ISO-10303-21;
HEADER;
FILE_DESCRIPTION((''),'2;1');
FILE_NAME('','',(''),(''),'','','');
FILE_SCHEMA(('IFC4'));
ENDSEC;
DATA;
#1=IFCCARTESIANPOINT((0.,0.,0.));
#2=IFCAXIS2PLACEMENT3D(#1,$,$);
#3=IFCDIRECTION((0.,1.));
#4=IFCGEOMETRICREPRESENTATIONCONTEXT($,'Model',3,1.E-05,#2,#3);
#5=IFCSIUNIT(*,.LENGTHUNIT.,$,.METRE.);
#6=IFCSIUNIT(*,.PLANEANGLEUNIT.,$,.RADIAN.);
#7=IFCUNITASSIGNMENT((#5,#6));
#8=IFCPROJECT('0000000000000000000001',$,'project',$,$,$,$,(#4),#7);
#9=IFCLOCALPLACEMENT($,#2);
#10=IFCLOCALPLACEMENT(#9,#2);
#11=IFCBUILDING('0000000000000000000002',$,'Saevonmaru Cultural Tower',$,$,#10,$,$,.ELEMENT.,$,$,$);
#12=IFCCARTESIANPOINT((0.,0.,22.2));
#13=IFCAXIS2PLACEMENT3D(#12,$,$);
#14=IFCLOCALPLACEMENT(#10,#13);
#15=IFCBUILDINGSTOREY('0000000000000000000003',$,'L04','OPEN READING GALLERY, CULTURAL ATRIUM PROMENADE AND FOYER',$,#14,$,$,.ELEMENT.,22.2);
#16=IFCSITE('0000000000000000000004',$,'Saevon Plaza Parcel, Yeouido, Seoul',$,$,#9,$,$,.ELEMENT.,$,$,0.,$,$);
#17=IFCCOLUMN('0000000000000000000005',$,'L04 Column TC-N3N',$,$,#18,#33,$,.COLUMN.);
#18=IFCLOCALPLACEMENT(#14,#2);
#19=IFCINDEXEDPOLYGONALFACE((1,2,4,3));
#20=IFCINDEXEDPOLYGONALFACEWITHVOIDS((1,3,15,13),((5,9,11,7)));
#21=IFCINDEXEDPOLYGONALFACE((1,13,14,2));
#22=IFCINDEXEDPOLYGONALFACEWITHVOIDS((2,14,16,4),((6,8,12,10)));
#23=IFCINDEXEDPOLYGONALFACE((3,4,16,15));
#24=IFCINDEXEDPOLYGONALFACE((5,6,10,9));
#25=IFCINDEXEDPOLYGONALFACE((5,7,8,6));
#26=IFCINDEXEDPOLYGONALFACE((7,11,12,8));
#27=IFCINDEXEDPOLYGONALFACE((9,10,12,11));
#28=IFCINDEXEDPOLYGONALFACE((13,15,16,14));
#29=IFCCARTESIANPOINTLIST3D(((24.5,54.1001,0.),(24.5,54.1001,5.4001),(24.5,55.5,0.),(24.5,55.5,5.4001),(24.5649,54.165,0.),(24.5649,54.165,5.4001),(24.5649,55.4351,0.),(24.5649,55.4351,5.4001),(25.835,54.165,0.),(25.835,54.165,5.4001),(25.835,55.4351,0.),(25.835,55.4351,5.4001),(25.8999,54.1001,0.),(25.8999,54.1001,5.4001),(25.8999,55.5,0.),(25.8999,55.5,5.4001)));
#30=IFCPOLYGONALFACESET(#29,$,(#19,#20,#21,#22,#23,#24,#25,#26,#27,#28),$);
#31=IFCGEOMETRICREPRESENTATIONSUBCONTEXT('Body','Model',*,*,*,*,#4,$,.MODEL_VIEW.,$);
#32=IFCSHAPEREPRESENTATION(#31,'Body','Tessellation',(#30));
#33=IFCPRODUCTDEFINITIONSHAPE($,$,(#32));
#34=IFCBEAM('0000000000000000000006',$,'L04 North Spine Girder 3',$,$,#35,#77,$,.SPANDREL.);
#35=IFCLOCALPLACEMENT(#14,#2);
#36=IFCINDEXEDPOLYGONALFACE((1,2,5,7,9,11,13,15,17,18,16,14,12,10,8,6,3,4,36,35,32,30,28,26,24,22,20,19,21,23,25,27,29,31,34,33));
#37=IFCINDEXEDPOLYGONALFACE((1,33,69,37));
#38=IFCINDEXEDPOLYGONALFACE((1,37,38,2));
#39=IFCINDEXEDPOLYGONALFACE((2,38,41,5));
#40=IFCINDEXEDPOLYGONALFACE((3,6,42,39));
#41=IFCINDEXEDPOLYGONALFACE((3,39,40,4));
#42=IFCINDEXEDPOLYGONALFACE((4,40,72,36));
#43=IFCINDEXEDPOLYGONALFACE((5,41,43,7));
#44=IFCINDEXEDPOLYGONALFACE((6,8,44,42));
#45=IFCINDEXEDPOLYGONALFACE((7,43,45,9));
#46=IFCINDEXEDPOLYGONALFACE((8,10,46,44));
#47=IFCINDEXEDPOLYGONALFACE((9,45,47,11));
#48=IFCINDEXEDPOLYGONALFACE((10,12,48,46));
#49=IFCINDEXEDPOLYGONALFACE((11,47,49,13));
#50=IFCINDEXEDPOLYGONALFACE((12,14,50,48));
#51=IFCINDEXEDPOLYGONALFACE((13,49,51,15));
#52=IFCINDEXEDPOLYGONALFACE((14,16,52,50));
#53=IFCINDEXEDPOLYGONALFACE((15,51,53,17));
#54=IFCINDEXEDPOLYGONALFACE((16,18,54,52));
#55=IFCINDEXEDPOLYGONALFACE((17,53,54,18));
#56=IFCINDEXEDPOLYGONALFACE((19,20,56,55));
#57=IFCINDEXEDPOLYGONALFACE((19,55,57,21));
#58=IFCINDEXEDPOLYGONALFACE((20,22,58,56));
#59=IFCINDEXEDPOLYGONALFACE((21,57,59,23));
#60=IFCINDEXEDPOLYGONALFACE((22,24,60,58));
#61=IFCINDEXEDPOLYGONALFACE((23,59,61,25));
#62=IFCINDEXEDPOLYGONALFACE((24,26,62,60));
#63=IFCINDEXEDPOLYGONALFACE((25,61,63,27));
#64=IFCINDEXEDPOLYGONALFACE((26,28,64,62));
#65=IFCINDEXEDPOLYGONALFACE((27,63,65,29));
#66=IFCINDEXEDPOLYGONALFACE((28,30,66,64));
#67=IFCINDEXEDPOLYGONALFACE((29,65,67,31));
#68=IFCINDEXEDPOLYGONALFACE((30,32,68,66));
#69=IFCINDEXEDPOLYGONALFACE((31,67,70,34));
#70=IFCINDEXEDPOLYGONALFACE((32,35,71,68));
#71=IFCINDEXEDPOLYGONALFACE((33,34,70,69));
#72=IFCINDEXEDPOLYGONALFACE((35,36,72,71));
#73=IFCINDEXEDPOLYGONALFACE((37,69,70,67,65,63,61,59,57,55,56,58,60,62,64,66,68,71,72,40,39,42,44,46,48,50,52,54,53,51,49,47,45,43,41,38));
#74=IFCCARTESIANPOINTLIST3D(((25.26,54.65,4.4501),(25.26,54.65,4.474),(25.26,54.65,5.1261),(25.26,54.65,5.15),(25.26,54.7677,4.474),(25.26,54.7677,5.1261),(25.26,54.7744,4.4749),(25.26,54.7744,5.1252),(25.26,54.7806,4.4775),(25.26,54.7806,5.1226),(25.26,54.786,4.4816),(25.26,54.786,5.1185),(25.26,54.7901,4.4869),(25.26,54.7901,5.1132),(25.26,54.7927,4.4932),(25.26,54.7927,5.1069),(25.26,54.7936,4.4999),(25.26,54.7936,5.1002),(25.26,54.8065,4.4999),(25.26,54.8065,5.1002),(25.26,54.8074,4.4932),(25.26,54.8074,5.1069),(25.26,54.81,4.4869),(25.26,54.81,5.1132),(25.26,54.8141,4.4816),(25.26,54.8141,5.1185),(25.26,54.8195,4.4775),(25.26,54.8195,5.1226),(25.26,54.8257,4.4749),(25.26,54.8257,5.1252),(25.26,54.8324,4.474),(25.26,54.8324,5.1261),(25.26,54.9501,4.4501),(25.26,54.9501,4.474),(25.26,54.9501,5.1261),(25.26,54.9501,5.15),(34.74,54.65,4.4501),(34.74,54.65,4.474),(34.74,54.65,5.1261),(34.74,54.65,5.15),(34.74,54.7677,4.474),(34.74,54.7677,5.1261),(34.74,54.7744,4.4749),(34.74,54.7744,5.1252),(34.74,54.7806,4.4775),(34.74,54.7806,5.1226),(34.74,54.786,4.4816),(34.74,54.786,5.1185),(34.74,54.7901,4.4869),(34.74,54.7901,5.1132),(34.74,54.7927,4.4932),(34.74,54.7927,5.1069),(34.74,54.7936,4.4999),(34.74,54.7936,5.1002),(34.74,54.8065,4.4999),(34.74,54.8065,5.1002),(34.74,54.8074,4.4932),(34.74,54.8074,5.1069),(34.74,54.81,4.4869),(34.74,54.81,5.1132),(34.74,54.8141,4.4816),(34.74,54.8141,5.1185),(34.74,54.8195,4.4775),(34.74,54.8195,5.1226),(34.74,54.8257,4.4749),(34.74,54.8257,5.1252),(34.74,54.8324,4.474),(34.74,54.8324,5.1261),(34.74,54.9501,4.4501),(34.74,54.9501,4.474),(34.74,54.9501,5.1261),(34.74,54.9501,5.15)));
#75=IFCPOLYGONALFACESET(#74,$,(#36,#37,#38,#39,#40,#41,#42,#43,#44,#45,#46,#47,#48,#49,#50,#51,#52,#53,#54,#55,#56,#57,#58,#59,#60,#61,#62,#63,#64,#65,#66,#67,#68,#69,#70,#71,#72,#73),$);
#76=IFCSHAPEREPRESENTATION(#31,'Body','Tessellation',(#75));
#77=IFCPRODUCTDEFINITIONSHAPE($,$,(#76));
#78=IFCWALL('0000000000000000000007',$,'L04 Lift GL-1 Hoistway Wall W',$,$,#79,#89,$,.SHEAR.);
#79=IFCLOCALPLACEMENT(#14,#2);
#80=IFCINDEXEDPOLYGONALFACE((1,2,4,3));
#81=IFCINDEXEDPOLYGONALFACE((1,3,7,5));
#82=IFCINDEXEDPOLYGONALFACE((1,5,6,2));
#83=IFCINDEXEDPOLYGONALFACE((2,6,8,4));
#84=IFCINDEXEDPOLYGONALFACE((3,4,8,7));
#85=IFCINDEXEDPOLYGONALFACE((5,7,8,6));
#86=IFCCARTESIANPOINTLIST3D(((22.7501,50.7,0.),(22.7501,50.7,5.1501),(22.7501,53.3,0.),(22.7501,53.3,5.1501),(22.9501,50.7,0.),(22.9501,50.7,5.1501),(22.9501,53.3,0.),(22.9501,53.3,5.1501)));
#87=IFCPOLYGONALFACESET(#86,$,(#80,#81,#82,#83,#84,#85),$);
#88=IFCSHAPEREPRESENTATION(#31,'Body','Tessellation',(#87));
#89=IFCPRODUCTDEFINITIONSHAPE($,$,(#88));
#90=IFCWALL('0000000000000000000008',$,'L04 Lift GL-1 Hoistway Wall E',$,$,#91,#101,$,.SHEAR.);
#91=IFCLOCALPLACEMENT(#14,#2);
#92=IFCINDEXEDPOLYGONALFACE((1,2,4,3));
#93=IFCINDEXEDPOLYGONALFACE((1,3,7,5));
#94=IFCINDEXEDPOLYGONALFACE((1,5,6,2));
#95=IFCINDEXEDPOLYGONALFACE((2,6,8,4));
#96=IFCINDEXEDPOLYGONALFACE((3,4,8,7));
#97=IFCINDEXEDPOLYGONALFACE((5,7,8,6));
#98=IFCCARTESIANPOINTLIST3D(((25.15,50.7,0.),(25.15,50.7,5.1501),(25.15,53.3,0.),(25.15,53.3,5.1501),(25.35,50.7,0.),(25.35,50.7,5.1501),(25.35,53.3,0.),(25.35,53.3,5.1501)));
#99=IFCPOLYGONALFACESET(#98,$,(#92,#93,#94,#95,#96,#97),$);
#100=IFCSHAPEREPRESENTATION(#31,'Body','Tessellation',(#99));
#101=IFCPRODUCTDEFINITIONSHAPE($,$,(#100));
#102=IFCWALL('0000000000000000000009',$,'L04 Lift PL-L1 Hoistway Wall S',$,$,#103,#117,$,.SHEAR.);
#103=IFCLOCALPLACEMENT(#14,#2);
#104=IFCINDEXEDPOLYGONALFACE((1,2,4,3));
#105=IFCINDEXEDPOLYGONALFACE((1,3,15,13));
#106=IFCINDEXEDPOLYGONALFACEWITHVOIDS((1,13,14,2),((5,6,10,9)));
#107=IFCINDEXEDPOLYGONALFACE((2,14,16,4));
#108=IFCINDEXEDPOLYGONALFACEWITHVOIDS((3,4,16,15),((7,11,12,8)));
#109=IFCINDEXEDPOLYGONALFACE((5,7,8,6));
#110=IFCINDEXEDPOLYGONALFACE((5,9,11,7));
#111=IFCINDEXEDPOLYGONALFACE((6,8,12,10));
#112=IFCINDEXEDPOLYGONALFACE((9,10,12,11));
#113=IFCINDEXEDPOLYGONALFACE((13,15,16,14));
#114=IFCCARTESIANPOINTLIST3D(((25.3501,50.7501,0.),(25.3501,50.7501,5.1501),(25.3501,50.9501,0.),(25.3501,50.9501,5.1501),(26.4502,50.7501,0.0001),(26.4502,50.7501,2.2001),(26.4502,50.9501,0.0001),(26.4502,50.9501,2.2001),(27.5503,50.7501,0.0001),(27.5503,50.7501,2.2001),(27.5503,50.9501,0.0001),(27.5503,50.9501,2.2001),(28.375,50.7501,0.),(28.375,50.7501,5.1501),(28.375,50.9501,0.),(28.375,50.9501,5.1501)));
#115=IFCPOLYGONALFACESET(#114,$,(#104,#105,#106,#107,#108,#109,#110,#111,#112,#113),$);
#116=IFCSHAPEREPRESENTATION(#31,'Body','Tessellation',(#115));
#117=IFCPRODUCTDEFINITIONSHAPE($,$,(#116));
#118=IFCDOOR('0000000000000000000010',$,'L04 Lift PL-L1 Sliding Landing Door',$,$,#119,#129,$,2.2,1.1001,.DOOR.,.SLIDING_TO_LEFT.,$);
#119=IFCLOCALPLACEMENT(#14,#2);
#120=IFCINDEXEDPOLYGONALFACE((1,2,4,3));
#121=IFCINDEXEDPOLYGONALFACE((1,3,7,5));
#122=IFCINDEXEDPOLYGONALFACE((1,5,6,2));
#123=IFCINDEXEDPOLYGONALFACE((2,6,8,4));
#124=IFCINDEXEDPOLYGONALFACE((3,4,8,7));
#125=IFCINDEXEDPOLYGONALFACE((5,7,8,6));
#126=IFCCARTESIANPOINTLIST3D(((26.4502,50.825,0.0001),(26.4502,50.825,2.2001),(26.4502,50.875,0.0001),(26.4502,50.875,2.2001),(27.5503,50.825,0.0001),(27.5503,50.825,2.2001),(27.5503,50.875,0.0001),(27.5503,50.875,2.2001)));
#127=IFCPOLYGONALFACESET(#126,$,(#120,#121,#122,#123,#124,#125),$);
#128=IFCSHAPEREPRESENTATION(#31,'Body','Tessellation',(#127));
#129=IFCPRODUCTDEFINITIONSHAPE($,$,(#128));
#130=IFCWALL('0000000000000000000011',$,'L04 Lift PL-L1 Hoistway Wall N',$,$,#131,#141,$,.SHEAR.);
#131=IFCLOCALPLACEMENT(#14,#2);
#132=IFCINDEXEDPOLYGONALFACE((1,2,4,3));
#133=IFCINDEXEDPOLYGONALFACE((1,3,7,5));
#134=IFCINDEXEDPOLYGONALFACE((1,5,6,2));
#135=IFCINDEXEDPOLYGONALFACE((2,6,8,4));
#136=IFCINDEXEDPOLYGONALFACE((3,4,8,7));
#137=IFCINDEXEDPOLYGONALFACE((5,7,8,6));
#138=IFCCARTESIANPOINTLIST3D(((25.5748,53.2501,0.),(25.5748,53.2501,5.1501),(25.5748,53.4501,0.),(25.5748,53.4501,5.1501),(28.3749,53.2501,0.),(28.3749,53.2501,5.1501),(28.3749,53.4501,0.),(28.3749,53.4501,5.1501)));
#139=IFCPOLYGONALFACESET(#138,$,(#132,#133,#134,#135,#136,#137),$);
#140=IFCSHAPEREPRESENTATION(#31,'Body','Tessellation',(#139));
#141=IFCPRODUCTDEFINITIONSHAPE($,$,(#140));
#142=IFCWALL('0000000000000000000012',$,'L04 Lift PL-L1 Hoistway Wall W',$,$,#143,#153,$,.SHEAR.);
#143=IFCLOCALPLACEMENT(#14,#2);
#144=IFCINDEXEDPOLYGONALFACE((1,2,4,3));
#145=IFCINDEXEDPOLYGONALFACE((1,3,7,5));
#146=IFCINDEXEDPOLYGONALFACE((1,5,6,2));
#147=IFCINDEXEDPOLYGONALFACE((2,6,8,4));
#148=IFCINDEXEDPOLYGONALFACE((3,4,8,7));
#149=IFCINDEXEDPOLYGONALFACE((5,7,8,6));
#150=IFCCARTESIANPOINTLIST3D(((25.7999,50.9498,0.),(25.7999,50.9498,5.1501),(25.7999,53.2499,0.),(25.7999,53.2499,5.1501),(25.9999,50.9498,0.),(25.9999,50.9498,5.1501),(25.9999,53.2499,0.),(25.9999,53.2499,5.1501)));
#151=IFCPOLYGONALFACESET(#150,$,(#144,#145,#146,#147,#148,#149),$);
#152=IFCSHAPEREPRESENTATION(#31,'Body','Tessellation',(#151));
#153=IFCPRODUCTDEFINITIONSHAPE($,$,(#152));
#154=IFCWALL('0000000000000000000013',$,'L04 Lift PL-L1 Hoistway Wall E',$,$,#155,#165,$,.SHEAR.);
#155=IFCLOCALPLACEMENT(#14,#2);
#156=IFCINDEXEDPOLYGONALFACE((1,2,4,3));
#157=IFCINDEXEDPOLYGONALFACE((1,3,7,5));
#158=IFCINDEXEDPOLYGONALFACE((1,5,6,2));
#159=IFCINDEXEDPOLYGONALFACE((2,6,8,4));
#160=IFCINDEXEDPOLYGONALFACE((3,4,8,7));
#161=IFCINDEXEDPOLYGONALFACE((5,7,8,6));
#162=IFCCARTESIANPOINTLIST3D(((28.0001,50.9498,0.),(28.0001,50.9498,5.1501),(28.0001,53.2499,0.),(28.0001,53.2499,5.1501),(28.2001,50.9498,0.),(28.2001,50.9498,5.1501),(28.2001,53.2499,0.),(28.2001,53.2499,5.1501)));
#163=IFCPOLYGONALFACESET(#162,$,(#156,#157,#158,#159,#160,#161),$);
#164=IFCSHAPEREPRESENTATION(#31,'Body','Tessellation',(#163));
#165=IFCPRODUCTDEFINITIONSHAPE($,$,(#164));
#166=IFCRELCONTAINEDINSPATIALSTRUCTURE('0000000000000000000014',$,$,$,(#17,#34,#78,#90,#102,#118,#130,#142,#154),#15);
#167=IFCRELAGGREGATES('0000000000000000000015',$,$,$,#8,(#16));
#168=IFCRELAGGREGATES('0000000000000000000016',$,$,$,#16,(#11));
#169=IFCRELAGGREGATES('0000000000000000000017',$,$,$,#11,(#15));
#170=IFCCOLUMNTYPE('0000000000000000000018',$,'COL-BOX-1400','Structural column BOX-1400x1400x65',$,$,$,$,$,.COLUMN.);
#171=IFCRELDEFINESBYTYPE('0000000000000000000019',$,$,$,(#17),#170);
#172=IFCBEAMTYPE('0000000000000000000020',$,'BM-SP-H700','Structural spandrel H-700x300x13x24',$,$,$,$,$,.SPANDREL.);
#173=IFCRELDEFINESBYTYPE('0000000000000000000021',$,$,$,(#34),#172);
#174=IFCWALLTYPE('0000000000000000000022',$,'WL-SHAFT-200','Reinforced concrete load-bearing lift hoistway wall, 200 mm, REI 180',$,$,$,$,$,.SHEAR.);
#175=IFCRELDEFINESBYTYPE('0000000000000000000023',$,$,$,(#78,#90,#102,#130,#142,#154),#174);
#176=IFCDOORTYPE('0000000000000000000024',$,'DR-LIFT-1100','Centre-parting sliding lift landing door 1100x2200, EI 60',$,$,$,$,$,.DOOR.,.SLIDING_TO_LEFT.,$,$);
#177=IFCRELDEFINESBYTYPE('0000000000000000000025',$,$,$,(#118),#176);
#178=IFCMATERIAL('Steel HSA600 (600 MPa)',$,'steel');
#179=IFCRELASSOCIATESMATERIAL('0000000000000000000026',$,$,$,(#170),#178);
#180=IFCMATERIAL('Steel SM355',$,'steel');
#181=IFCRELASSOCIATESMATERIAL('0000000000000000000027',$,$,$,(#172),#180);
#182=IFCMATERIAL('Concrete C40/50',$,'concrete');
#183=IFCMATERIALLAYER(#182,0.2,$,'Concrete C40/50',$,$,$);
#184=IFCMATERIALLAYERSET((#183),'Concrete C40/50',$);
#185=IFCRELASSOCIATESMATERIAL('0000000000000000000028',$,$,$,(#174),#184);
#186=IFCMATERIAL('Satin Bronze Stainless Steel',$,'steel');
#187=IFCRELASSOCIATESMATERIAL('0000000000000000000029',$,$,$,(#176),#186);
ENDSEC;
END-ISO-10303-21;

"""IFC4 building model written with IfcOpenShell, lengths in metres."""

from ifc_helpers import new_model, si_unit, direction, frame, frame_2d, origin, origin_2d, place, context, subcontext, project, spatial, rectangle, hollow_rectangle, i_section, extrude, material, layer, layer_set, material_profile, profile_set, type_object, element, fill, save


model = new_model("IFC4")

# Units and contexts
model_context = context("Model", 3, precision=1e-05, world=origin(), true_north=direction((0.0, 1.0)))
body_context = subcontext(model_context, "Body", "Model", "MODEL_VIEW")
ifc_project = project(units=[si_unit("LENGTHUNIT", "METRE"), si_unit("PLANEANGLEUNIT", "RADIAN")], contexts=[model_context])

# Site, building, storey
site_placement = place(None, origin())
site = spatial("IfcSite", under=ifc_project, at=site_placement, Name="Saevon Plaza Parcel, Yeouido, Seoul", CompositionType="ELEMENT", RefElevation=0.0)
building_placement = place(site_placement, origin())
building = spatial("IfcBuilding", under=site, at=building_placement, Name="Saevonmaru Cultural Tower", CompositionType="ELEMENT")
storey_placement = place(building_placement, frame((0.0, 0.0, 22.2)))
storey = spatial("IfcBuildingStorey", under=building, at=storey_placement, Name="L04", Description="OPEN READING GALLERY, CULTURAL ATRIUM PROMENADE AND FOYER", CompositionType="ELEMENT", Elevation=22.2)

# Column
ifc_material_1 = material(Name="Steel HSA600 (600 MPa)", Category="steel")
ifc_material_profile_1 = material_profile(ifc_material_1, hollow_rectangle(XDim=1.3999, YDim=1.3999, WallThickness=0.0649, at=origin_2d()), Name="BOX-1400x1400x65")
ifc_profile_set_1 = profile_set([ifc_material_profile_1], Name="Steel HSA600 (600 MPa)")
column_type = type_object("IfcColumnType", Name="COL-BOX-1400", Description="Structural column BOX-1400x1400x65", PredefinedType="COLUMN", material=ifc_profile_set_1)
column_placement = place(storey_placement, frame((25.2, 54.8, 0.0), z_axis=(0.0, 0.0, 1.0), x_axis=(1.0, 0.0, 0.0)))
element("IfcColumn", 1, at=column_placement, inside=storey, type_object=column_type, Name="L04 Column TC-N3N", PredefinedType="COLUMN", context=body_context, shape_type="SweptSolid", body=[
    extrude(hollow_rectangle(XDim=1.3999, YDim=1.3999, WallThickness=0.0649, at=origin_2d()), origin(), (0.0, 0.0, 1.0), 5.4001),
])

# Beam
ifc_material_2 = material(Name="Steel SM355", Category="steel")
ifc_material_profile_2 = material_profile(ifc_material_2, i_section(OverallWidth=0.3, OverallDepth=0.7, WebThickness=0.0129, FlangeThickness=0.0239, FilletRadius=0.0259, at=origin_2d()), Name="H-700x300x13x24")
ifc_profile_set_2 = profile_set([ifc_material_profile_2], Name="Steel SM355")
beam_type = type_object("IfcBeamType", Name="BM-SP-H700", Description="Structural spandrel H-700x300x13x24", PredefinedType="SPANDREL", material=ifc_profile_set_2)
beam_placement = place(storey_placement, frame((25.26, 54.8, 4.8), z_axis=(1.0, 0.0, 0.0), x_axis=(0.0, 1.0, 0.0)))
element("IfcBeam", 2, at=beam_placement, inside=storey, type_object=beam_type, Name="L04 North Spine Girder 3", PredefinedType="SPANDREL", context=body_context, shape_type="SweptSolid", body=[
    extrude(i_section(OverallWidth=0.3, OverallDepth=0.7, WebThickness=0.0129, FlangeThickness=0.0239, FilletRadius=0.0259, at=origin_2d()), origin(), (0.0, 0.0, 1.0), 9.48),
])

# Walls
ifc_material_3 = material(Name="Concrete C40/50", Category="concrete")
ifc_layer = layer(ifc_material_3, 0.2, Name="Concrete C40/50")
ifc_layer_set = layer_set([ifc_layer], Name="Concrete C40/50")
wall_type = type_object("IfcWallType", Name="WL-SHAFT-200", Description="Reinforced concrete load-bearing lift hoistway wall, 200 mm, REI 180", PredefinedType="SHEAR", material=ifc_layer_set)
for number, where, z_axis, x_axis, name in (
    (3, (22.8501, 50.7, 0.0), (0.0, 0.0, 1.0), (0.0, 1.0, 0.0), "L04 Lift GL-1 Hoistway Wall W"),
    (4, (25.25, 50.7, 0.0), (0.0, 0.0, 1.0), (0.0, 1.0, 0.0), "L04 Lift GL-1 Hoistway Wall E"),
):
    element("IfcWall", number, at=place(storey_placement, frame(where, z_axis=z_axis, x_axis=x_axis)), inside=storey, type_object=wall_type, Name=name, PredefinedType="SHEAR", context=body_context, shape_type="SweptSolid", body=[
        extrude(rectangle(XDim=2.6001, YDim=0.2, at=frame_2d((1.3, 0.0))), origin(), (0.0, 0.0, 1.0), 5.1501),
    ])

# Wall, opening, door
wall_1_placement = place(storey_placement, frame((25.3501, 50.8501, 0.0), z_axis=(0.0, 0.0, 1.0), x_axis=(1.0, 0.0, 0.0)))
wall_1 = element("IfcWall", 5, at=wall_1_placement, inside=storey, type_object=wall_type, Name="L04 Lift PL-L1 Hoistway Wall S", PredefinedType="SHEAR", context=body_context, shape_type="SweptSolid", body=[
    extrude(rectangle(XDim=3.0249, YDim=0.2, at=frame_2d((1.5125, 0.0))), origin(), (0.0, 0.0, 1.0), 5.1501),
])
opening_1_placement = place(wall_1_placement, frame((1.1001, 0.0, 0.0)))
opening_1 = element("IfcOpeningElement", 6, at=opening_1_placement, cuts=wall_1, PredefinedType="OPENING", context=body_context, shape_type="SweptSolid", body=[
    extrude(rectangle(XDim=1.1001, YDim=2.2, at=frame_2d((0.55, 1.1001))), frame((0.0, 0.1099, 0.0), z_axis=(0.0, -1.0, 0.0), x_axis=(1.0, 0.0, 0.0)), (0.0, 0.0, 1.0), 0.22),
])
ifc_material_4 = material(Name="Satin Bronze Stainless Steel", Category="steel")
door_type = type_object("IfcDoorType", Name="DR-LIFT-1100", Description="Centre-parting sliding lift landing door 1100x2200, EI 60", OperationType="SLIDING_TO_LEFT", PredefinedType="DOOR", material=ifc_material_4)
door_1_placement = place(opening_1_placement, origin())
door_1 = element("IfcDoor", 7, at=door_1_placement, inside=storey, type_object=door_type, Name="L04 Lift PL-L1 Sliding Landing Door", OperationType="SLIDING_TO_LEFT", OverallHeight=2.2, OverallWidth=1.1001, PredefinedType="DOOR", context=body_context, shape_type="SweptSolid", body=[
    extrude(rectangle(XDim=1.1001, YDim=2.2, at=frame_2d((0.55, 1.1001))), frame((0.0, 0.0249, 0.0), z_axis=(0.0, -1.0, 0.0), x_axis=(1.0, 0.0, 0.0)), (0.0, 0.0, 1.0), 0.05),
])
fill(opening_1, door_1)

# Walls
wall_2_placement = place(storey_placement, frame((25.575, 53.3501, 0.0), z_axis=(0.0, 0.0, 1.0), x_axis=(1.0, 0.0, 0.0)))
element("IfcWall", 8, at=wall_2_placement, inside=storey, type_object=wall_type, Name="L04 Lift PL-L1 Hoistway Wall N", PredefinedType="SHEAR", context=body_context, shape_type="SweptSolid", body=[
    extrude(rectangle(XDim=2.8, YDim=0.2, at=frame_2d((1.3999, 0.0))), origin(), (0.0, 0.0, 1.0), 5.1501),
])
for number, where, z_axis, x_axis, name in (
    (9, (25.8999, 50.95, 0.0), (0.0, 0.0, 1.0), (0.0, 1.0, 0.0), "L04 Lift PL-L1 Hoistway Wall W"),
    (10, (28.1001, 50.95, 0.0), (0.0, 0.0, 1.0), (0.0, 1.0, 0.0), "L04 Lift PL-L1 Hoistway Wall E"),
):
    element("IfcWall", number, at=place(storey_placement, frame(where, z_axis=z_axis, x_axis=x_axis)), inside=storey, type_object=wall_type, Name=name, PredefinedType="SHEAR", context=body_context, shape_type="SweptSolid", body=[
        extrude(rectangle(XDim=2.3, YDim=0.2, at=frame_2d((1.1499, 0.0))), origin(), (0.0, 0.0, 1.0), 5.1501),
    ])

save(model, "model.ifc")
